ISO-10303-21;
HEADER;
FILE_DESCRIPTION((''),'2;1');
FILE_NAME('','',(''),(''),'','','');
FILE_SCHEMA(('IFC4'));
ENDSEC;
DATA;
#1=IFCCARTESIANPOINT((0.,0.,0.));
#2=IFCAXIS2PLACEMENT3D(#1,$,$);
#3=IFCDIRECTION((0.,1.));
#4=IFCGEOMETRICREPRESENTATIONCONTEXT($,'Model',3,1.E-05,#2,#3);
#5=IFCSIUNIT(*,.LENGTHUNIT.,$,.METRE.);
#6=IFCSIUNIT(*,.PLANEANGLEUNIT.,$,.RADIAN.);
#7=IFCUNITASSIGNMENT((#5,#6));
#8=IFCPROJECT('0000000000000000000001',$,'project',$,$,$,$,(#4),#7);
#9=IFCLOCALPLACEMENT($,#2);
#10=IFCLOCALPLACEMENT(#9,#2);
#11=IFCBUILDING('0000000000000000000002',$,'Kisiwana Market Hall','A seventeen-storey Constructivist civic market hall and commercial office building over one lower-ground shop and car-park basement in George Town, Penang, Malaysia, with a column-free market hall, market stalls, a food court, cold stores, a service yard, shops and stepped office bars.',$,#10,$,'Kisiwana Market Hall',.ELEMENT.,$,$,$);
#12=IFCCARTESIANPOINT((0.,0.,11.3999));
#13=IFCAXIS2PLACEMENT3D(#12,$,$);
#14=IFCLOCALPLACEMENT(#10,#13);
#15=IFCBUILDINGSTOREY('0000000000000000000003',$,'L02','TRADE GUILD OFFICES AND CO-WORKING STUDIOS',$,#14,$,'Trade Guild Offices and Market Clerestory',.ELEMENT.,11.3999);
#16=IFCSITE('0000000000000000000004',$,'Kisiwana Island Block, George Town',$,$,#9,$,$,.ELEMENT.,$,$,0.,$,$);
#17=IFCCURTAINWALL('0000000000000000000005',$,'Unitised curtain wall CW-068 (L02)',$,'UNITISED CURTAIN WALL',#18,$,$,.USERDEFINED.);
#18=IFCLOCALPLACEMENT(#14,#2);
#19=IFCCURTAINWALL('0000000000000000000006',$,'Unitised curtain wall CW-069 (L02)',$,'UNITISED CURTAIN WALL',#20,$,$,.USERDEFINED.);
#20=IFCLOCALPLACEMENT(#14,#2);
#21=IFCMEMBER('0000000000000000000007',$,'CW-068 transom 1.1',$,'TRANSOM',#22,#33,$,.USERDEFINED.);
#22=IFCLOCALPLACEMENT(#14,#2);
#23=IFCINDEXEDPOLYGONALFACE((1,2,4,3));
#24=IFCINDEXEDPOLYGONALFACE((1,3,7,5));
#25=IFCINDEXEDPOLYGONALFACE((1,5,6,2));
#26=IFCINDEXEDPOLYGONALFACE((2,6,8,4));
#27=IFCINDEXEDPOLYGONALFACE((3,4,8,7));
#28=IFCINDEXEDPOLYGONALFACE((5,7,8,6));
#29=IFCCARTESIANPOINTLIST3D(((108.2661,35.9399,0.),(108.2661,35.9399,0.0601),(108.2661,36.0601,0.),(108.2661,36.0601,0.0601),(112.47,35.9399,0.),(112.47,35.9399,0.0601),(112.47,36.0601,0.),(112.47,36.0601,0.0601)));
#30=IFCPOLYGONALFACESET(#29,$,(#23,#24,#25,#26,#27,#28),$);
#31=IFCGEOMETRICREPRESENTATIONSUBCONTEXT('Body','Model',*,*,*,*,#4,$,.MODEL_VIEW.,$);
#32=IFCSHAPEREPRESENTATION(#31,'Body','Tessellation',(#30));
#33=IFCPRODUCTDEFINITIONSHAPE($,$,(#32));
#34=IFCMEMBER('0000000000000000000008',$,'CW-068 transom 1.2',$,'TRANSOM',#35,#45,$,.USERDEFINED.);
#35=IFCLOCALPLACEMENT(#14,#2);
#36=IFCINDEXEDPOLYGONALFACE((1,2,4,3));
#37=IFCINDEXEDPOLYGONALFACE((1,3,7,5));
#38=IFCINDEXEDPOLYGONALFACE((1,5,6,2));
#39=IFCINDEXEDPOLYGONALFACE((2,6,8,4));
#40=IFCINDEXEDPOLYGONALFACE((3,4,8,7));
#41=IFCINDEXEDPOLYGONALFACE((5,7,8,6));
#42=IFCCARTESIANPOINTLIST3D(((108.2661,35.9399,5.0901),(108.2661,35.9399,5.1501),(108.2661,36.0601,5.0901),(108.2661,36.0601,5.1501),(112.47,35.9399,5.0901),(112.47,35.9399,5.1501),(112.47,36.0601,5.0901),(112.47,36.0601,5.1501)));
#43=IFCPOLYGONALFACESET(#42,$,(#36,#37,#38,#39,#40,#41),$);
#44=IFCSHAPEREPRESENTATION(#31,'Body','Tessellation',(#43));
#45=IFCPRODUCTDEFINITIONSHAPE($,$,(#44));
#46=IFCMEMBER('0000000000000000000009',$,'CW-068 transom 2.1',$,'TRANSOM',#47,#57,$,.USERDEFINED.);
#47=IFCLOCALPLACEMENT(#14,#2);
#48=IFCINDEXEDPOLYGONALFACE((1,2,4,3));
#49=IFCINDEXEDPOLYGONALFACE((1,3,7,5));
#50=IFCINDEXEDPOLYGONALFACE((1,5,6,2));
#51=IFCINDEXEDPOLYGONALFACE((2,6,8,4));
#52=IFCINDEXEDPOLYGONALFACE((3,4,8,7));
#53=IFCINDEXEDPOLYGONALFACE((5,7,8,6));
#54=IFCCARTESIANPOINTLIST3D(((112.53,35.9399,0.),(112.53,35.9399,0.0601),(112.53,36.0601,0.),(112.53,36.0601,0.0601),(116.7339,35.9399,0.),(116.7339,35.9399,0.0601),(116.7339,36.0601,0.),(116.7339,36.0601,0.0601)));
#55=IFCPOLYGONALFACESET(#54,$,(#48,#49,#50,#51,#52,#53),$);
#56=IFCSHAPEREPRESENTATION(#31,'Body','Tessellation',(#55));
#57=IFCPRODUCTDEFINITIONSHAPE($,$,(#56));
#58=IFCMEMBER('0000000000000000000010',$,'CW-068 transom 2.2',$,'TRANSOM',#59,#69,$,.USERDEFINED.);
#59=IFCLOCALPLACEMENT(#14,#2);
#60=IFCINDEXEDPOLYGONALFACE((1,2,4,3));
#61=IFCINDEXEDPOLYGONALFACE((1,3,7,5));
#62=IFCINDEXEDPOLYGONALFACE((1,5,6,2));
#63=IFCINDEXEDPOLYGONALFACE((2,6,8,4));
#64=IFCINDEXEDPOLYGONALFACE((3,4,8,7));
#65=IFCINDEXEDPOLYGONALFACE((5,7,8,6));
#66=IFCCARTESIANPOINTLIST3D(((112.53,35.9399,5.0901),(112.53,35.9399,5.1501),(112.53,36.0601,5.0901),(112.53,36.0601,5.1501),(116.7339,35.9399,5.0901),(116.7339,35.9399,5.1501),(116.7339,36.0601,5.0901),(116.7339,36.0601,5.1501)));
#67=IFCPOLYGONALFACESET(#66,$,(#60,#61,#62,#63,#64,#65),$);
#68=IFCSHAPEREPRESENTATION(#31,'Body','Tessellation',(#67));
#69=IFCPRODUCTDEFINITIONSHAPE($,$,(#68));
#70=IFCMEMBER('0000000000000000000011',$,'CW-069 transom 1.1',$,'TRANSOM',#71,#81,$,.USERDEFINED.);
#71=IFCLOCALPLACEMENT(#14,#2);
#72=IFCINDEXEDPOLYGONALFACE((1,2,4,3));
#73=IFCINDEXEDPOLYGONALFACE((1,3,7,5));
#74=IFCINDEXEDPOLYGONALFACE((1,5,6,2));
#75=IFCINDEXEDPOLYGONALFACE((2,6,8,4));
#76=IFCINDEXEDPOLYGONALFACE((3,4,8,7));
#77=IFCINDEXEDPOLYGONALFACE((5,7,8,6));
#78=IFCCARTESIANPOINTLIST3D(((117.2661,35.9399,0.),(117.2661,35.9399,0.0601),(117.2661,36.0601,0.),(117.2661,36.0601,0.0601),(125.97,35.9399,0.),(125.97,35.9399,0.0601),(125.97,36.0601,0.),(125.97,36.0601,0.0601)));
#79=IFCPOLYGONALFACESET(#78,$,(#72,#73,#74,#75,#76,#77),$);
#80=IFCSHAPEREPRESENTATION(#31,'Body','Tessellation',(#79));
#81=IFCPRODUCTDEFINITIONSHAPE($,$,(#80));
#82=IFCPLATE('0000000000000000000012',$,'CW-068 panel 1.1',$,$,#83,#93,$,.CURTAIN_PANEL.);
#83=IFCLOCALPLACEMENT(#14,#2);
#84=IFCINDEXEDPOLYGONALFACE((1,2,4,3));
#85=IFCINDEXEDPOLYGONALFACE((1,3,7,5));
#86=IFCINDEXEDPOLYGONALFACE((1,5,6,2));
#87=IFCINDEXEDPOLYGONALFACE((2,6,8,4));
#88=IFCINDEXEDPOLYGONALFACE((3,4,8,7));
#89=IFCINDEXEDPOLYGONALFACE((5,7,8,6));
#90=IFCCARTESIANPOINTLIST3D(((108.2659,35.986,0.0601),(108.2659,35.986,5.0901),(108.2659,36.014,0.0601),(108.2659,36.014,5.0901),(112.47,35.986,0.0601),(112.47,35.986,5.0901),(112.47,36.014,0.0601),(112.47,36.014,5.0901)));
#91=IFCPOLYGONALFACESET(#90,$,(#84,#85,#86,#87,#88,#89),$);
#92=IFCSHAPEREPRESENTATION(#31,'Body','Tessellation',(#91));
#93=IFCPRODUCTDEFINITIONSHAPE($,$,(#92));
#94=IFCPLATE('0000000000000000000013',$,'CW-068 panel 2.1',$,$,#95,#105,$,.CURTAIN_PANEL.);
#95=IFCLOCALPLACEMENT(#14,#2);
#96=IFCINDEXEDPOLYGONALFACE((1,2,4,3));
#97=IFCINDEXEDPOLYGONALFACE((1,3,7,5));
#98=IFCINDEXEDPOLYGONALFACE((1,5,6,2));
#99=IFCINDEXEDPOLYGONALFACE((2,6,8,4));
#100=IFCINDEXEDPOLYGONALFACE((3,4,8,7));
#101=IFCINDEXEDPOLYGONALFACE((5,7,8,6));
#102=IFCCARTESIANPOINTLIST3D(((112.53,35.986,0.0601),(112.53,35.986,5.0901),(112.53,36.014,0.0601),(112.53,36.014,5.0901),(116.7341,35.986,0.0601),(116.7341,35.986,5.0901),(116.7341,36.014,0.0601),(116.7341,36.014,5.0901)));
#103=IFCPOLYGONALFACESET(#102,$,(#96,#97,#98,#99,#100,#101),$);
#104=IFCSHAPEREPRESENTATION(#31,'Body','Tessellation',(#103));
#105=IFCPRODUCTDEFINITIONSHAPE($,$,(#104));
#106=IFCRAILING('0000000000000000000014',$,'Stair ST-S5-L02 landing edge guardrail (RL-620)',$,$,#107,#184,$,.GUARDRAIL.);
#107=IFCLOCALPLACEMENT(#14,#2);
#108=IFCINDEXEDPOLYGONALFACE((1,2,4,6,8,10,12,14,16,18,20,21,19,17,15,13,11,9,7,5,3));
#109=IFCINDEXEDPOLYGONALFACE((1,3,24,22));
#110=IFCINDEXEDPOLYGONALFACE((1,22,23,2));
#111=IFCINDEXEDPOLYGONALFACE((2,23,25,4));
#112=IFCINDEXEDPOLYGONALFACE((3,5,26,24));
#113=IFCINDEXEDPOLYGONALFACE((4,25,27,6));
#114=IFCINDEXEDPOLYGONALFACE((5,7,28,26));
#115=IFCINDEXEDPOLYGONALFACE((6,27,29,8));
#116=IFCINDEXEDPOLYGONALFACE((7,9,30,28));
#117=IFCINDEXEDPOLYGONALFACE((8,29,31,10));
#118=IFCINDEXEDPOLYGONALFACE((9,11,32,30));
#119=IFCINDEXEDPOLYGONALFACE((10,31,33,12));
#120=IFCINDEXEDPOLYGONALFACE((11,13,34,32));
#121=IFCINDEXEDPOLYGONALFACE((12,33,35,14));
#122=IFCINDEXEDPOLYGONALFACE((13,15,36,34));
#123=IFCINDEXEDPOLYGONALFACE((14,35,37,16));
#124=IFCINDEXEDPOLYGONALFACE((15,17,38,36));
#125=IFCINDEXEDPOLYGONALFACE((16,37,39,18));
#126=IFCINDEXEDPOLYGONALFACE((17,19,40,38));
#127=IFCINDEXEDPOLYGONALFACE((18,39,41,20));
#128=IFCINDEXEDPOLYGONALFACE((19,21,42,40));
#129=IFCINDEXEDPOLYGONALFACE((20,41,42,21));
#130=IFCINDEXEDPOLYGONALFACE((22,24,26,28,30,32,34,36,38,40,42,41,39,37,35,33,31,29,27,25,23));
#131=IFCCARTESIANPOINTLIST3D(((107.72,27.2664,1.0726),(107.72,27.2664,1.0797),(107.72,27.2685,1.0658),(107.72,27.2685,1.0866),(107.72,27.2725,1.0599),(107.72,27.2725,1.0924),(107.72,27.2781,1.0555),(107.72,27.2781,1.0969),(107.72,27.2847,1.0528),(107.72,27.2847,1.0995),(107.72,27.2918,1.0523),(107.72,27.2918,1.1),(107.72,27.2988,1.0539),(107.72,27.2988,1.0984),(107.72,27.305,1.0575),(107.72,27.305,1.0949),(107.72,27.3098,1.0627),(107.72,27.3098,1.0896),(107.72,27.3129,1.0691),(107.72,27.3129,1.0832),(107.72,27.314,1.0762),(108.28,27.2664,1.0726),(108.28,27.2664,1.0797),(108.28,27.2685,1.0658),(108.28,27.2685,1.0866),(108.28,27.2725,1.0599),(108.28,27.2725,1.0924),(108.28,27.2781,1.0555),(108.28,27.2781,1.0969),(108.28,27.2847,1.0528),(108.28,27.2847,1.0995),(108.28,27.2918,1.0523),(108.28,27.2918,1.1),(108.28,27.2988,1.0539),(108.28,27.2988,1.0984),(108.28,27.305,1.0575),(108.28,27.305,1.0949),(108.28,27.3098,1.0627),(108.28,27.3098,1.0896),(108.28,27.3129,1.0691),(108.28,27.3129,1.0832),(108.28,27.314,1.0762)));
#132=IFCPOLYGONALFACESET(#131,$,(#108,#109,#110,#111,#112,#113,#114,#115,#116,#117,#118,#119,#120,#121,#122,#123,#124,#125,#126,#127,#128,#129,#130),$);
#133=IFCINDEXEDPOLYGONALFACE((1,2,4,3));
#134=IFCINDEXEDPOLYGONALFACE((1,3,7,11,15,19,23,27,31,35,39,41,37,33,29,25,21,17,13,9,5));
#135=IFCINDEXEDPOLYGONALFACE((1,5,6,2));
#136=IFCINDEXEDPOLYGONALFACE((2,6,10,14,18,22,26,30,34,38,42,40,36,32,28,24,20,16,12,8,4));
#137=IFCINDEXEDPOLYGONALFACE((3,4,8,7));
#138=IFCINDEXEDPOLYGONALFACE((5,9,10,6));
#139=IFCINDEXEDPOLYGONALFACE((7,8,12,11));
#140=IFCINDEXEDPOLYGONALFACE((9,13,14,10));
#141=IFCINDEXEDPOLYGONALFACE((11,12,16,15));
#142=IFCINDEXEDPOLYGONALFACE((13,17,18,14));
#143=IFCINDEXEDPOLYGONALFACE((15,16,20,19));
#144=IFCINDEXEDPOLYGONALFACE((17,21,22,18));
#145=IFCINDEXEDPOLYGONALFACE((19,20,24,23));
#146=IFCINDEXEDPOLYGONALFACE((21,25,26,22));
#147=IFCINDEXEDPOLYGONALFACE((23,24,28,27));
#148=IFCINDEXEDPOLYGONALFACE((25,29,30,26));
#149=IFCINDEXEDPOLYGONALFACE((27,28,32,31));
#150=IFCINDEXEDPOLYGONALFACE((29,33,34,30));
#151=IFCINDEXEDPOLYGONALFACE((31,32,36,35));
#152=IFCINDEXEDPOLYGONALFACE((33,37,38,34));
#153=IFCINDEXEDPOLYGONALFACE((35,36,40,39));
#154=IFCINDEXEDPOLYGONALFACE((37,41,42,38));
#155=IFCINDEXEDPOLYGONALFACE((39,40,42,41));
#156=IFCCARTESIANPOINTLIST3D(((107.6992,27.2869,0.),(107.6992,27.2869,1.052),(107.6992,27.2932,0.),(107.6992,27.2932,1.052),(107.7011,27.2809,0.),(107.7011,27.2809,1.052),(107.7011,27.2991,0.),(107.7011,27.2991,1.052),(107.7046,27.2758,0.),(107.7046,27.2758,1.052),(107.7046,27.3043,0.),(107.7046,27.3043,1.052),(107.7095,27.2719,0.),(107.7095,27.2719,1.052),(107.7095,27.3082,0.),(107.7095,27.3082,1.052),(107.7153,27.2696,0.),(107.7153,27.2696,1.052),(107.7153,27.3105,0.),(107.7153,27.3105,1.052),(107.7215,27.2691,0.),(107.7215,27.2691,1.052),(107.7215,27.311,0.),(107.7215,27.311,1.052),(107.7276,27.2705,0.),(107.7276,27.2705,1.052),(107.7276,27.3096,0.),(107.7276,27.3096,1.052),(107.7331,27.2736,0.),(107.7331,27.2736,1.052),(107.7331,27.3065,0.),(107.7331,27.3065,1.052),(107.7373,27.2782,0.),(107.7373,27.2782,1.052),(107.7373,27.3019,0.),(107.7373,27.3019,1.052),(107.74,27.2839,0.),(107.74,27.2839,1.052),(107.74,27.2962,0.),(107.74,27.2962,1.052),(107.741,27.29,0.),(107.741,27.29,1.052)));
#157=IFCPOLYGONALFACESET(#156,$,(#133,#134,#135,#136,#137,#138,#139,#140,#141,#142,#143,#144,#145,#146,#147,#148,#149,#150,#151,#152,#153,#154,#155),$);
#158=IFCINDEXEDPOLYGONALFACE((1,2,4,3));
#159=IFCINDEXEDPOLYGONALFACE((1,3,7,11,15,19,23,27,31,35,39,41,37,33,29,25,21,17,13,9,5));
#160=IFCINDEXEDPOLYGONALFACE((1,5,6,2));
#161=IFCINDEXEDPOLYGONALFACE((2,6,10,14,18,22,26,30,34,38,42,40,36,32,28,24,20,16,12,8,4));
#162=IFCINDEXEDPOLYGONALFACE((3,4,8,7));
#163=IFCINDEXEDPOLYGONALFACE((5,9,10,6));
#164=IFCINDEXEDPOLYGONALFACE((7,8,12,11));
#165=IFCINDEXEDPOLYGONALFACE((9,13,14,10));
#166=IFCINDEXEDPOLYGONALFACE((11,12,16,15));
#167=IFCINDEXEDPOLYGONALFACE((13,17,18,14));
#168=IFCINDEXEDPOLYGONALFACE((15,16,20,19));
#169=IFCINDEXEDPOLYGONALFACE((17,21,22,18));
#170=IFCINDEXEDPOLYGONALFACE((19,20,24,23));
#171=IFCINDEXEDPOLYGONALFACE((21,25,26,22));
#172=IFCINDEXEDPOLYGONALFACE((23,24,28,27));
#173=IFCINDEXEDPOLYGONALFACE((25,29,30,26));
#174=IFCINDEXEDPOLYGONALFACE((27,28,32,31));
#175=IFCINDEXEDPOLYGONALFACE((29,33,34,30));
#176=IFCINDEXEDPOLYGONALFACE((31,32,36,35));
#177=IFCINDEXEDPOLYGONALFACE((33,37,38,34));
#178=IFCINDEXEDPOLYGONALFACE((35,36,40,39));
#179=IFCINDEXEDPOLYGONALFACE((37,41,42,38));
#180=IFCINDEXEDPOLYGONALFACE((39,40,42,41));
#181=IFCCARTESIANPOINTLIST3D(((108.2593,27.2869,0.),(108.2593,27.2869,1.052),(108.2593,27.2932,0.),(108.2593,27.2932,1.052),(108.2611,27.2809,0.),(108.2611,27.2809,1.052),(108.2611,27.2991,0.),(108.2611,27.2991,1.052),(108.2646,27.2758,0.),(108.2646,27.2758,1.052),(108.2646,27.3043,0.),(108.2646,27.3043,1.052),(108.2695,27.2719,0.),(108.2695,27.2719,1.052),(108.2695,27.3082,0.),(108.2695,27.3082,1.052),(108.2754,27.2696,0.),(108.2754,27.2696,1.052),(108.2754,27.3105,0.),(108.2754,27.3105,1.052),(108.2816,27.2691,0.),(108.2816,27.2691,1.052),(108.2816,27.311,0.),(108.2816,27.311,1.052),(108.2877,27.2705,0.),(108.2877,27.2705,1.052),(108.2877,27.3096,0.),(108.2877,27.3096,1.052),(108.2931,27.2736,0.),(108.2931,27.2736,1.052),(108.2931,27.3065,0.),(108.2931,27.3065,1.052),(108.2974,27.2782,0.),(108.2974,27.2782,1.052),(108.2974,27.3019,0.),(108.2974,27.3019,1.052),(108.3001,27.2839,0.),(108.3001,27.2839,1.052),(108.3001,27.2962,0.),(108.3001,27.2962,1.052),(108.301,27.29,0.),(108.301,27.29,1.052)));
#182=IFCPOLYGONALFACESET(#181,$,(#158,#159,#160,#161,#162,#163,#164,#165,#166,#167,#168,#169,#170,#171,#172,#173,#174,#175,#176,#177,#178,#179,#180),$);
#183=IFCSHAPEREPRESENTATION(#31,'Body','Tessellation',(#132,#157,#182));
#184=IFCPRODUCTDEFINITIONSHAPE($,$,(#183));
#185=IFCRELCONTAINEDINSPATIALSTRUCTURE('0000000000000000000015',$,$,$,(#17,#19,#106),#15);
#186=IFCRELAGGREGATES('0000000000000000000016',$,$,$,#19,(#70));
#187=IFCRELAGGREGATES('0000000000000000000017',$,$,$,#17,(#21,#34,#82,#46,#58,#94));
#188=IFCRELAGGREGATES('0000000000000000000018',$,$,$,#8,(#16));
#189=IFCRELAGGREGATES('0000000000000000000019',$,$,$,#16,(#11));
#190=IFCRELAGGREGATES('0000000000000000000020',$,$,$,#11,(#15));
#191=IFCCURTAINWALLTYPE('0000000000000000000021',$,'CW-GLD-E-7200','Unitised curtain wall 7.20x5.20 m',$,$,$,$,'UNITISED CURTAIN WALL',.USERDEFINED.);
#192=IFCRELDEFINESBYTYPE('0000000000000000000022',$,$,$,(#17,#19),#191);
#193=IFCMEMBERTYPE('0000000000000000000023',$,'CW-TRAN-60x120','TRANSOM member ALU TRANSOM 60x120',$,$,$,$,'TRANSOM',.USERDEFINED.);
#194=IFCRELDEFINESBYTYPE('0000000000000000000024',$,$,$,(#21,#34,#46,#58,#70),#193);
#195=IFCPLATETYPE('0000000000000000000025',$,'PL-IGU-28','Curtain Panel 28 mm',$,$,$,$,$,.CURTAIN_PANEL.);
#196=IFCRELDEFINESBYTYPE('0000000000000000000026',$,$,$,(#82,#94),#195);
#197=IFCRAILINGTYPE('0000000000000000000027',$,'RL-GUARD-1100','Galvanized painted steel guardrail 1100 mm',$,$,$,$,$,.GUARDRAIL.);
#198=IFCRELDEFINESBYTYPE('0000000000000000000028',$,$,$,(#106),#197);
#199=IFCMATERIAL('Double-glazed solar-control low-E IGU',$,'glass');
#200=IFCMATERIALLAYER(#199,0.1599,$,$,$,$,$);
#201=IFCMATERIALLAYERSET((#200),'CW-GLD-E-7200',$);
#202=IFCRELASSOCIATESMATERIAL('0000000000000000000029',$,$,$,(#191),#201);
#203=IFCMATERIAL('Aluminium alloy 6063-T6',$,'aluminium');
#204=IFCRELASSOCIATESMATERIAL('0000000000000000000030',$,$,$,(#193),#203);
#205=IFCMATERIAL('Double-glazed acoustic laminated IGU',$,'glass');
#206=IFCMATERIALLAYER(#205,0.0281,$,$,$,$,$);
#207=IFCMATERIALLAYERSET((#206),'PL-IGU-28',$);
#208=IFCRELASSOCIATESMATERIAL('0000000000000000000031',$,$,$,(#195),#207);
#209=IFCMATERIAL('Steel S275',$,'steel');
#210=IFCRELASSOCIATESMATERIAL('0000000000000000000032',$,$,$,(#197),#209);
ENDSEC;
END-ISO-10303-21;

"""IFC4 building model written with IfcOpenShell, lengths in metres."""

from ifc_helpers import new_model, si_unit, direction, frame, origin, origin_2d, place, context, subcontext, project, spatial, rectangle, circle, extrude, material, layer, layer_set, material_profile, profile_set, type_object, element, aggregate, save


model = new_model("IFC4")

# Units and contexts
model_context = context("Model", 3, precision=1e-05, world=origin(), true_north=direction((0.0, 1.0)))
body_context = subcontext(model_context, "Body", "Model", "MODEL_VIEW")
ifc_project = project(units=[si_unit("LENGTHUNIT", "METRE"), si_unit("PLANEANGLEUNIT", "RADIAN")], contexts=[model_context])

# Site, building, storey
site_placement = place(None, origin())
site = spatial("IfcSite", under=ifc_project, at=site_placement, Name="Kisiwana Island Block, George Town", CompositionType="ELEMENT", RefElevation=0.0)
building_placement = place(site_placement, origin())
building = spatial("IfcBuilding", under=site, at=building_placement, Name="Kisiwana Market Hall", Description="A seventeen-storey Constructivist civic market hall and commercial office building over one lower-ground shop and car-park basement in George Town, Penang, Malaysia, with a column-free market hall, market stalls, a food court, cold stores, a service yard, shops and stepped office bars.", LongName="Kisiwana Market Hall", CompositionType="ELEMENT")
storey_placement = place(building_placement, frame((0.0, 0.0, 11.3999)))
storey = spatial("IfcBuildingStorey", under=building, at=storey_placement, Name="L02", Description="TRADE GUILD OFFICES AND CO-WORKING STUDIOS", LongName="Trade Guild Offices and Market Clerestory", CompositionType="ELEMENT", Elevation=11.3999)

# Shared definitions
ifc_material_1 = material(Name="Double-glazed solar-control low-E IGU", Category="glass")
ifc_layer_1 = layer(ifc_material_1, 0.1599)
ifc_layer_set_1 = layer_set([ifc_layer_1], Name="CW-GLD-E-7200")
curtain_wall_type = type_object("IfcCurtainWallType", Name="CW-GLD-E-7200", Description="Unitised curtain wall 7.20x5.20 m", ElementType="UNITISED CURTAIN WALL", PredefinedType="USERDEFINED", material=ifc_layer_set_1)

# Curtain wall
curtain_wall_1_placement = place(storey_placement, origin())
curtain_wall_1 = element("IfcCurtainWall", 1, at=curtain_wall_1_placement, inside=storey, type_object=curtain_wall_type, Name="Unitised curtain wall CW-068 (L02)", ObjectType="UNITISED CURTAIN WALL", PredefinedType="USERDEFINED")

# Curtain wall
curtain_wall_2_placement = place(storey_placement, origin())
curtain_wall_2 = element("IfcCurtainWall", 2, at=curtain_wall_2_placement, inside=storey, type_object=curtain_wall_type, Name="Unitised curtain wall CW-069 (L02)", ObjectType="UNITISED CURTAIN WALL", PredefinedType="USERDEFINED")

# Members
ifc_material_2 = material(Name="Aluminium alloy 6063-T6", Category="aluminium")
ifc_material_profile_1 = material_profile(ifc_material_2, rectangle(XDim=0.1201, YDim=0.0601, at=origin_2d()), Name="ALU TRANSOM 60x120")
ifc_profile_set_1 = profile_set([ifc_material_profile_1], Name="Aluminium alloy 6063-T6")
member_type_1 = type_object("IfcMemberType", Name="CW-TRAN-60x120", Description="TRANSOM member ALU TRANSOM 60x120", ElementType="TRANSOM", PredefinedType="USERDEFINED", material=ifc_profile_set_1)
member_1_placement = place(storey_placement, frame((108.2661, 36.0, 0.03), z_axis=(1.0, 0.0, 0.0), x_axis=(0.0, 1.0, 0.0)))
member_1 = element("IfcMember", 3, at=member_1_placement, type_object=member_type_1, Name="CW-068 transom 1.1", ObjectType="TRANSOM", PredefinedType="USERDEFINED", context=body_context, shape_type="SweptSolid", body=[
    extrude(rectangle(XDim=0.1201, YDim=0.0601, at=origin_2d()), origin(), (0.0, 0.0, 1.0), 4.2039),
])
member_2_placement = place(storey_placement, frame((108.2661, 36.0, 5.1201), z_axis=(1.0, 0.0, 0.0), x_axis=(0.0, 1.0, 0.0)))
member_2 = element("IfcMember", 4, at=member_2_placement, type_object=member_type_1, Name="CW-068 transom 1.2", ObjectType="TRANSOM", PredefinedType="USERDEFINED", context=body_context, shape_type="SweptSolid", body=[
    extrude(rectangle(XDim=0.1201, YDim=0.0601, at=origin_2d()), origin(), (0.0, 0.0, 1.0), 4.2039),
])
member_3_placement = place(storey_placement, frame((112.53, 36.0, 0.03), z_axis=(1.0, 0.0, 0.0), x_axis=(0.0, 1.0, 0.0)))
member_3 = element("IfcMember", 5, at=member_3_placement, type_object=member_type_1, Name="CW-068 transom 2.1", ObjectType="TRANSOM", PredefinedType="USERDEFINED", context=body_context, shape_type="SweptSolid", body=[
    extrude(rectangle(XDim=0.1201, YDim=0.0601, at=origin_2d()), origin(), (0.0, 0.0, 1.0), 4.2039),
])
member_4_placement = place(storey_placement, frame((112.53, 36.0, 5.1201), z_axis=(1.0, 0.0, 0.0), x_axis=(0.0, 1.0, 0.0)))
member_4 = element("IfcMember", 6, at=member_4_placement, type_object=member_type_1, Name="CW-068 transom 2.2", ObjectType="TRANSOM", PredefinedType="USERDEFINED", context=body_context, shape_type="SweptSolid", body=[
    extrude(rectangle(XDim=0.1201, YDim=0.0601, at=origin_2d()), origin(), (0.0, 0.0, 1.0), 4.2039),
])
member_5_placement = place(storey_placement, frame((117.2661, 36.0, 0.03), z_axis=(1.0, 0.0, 0.0), x_axis=(0.0, 1.0, 0.0)))
member_5 = element("IfcMember", 7, at=member_5_placement, type_object=member_type_1, Name="CW-069 transom 1.1", ObjectType="TRANSOM", PredefinedType="USERDEFINED", context=body_context, shape_type="SweptSolid", body=[
    extrude(rectangle(XDim=0.1201, YDim=0.0601, at=origin_2d()), origin(), (0.0, 0.0, 1.0), 8.7039),
])
aggregate(curtain_wall_2, [member_5])

# Plates
ifc_material_3 = material(Name="Double-glazed acoustic laminated IGU", Category="glass")
ifc_layer_2 = layer(ifc_material_3, 0.0281)
ifc_layer_set_2 = layer_set([ifc_layer_2], Name="PL-IGU-28")
plate_type = type_object("IfcPlateType", Name="PL-IGU-28", Description="Curtain Panel 28 mm", PredefinedType="CURTAIN_PANEL", material=ifc_layer_set_2)
plate_1_placement = place(storey_placement, frame((110.3679, 36.0, 0.0601), z_axis=(0.0, 0.0, 1.0), x_axis=(1.0, 0.0, 0.0)))
plate_1 = element("IfcPlate", 8, at=plate_1_placement, type_object=plate_type, Name="CW-068 panel 1.1", PredefinedType="CURTAIN_PANEL", context=body_context, shape_type="SweptSolid", body=[
    extrude(rectangle(XDim=4.2041, YDim=0.0281, at=origin_2d()), origin(), (0.0, 0.0, 1.0), 5.03),
])
plate_2_placement = place(storey_placement, frame((114.6321, 36.0, 0.0601), z_axis=(0.0, 0.0, 1.0), x_axis=(1.0, 0.0, 0.0)))
plate_2 = element("IfcPlate", 9, at=plate_2_placement, type_object=plate_type, Name="CW-068 panel 2.1", PredefinedType="CURTAIN_PANEL", context=body_context, shape_type="SweptSolid", body=[
    extrude(rectangle(XDim=4.2041, YDim=0.0281, at=origin_2d()), origin(), (0.0, 0.0, 1.0), 5.03),
])
aggregate(curtain_wall_1, [member_1, member_2, plate_1, member_3, member_4, plate_2])

# Railing
ifc_material_4 = material(Name="Steel S275", Category="steel")
railing_type = type_object("IfcRailingType", Name="RL-GUARD-1100", Description="Galvanized painted steel guardrail 1100 mm", PredefinedType="GUARDRAIL", material=ifc_material_4)
railing_1_placement = place(storey_placement, frame((107.72, 27.29, 0.0)))
element("IfcRailing", 10, at=railing_1_placement, inside=storey, type_object=railing_type, Name="Stair ST-S5-L02 landing edge guardrail (RL-620)", PredefinedType="GUARDRAIL", context=body_context, shape_type="SweptSolid", body=[
    extrude(circle(Radius=0.0239, at=origin_2d()), frame((0.0, 0.0, 1.0762), z_axis=(1.0, 0.0, 0.0), x_axis=(0.0, 1.0, 0.0)), (0.0, 0.0, 1.0), 0.5601),
    extrude(circle(Radius=0.021, at=origin_2d()), origin(), (0.0, 0.0, 1.0), 1.052),
    extrude(circle(Radius=0.021, at=origin_2d()), frame((0.5601, 0.0, 0.0)), (0.0, 0.0, 1.0), 1.052),
])

save(model, "model.ifc")
